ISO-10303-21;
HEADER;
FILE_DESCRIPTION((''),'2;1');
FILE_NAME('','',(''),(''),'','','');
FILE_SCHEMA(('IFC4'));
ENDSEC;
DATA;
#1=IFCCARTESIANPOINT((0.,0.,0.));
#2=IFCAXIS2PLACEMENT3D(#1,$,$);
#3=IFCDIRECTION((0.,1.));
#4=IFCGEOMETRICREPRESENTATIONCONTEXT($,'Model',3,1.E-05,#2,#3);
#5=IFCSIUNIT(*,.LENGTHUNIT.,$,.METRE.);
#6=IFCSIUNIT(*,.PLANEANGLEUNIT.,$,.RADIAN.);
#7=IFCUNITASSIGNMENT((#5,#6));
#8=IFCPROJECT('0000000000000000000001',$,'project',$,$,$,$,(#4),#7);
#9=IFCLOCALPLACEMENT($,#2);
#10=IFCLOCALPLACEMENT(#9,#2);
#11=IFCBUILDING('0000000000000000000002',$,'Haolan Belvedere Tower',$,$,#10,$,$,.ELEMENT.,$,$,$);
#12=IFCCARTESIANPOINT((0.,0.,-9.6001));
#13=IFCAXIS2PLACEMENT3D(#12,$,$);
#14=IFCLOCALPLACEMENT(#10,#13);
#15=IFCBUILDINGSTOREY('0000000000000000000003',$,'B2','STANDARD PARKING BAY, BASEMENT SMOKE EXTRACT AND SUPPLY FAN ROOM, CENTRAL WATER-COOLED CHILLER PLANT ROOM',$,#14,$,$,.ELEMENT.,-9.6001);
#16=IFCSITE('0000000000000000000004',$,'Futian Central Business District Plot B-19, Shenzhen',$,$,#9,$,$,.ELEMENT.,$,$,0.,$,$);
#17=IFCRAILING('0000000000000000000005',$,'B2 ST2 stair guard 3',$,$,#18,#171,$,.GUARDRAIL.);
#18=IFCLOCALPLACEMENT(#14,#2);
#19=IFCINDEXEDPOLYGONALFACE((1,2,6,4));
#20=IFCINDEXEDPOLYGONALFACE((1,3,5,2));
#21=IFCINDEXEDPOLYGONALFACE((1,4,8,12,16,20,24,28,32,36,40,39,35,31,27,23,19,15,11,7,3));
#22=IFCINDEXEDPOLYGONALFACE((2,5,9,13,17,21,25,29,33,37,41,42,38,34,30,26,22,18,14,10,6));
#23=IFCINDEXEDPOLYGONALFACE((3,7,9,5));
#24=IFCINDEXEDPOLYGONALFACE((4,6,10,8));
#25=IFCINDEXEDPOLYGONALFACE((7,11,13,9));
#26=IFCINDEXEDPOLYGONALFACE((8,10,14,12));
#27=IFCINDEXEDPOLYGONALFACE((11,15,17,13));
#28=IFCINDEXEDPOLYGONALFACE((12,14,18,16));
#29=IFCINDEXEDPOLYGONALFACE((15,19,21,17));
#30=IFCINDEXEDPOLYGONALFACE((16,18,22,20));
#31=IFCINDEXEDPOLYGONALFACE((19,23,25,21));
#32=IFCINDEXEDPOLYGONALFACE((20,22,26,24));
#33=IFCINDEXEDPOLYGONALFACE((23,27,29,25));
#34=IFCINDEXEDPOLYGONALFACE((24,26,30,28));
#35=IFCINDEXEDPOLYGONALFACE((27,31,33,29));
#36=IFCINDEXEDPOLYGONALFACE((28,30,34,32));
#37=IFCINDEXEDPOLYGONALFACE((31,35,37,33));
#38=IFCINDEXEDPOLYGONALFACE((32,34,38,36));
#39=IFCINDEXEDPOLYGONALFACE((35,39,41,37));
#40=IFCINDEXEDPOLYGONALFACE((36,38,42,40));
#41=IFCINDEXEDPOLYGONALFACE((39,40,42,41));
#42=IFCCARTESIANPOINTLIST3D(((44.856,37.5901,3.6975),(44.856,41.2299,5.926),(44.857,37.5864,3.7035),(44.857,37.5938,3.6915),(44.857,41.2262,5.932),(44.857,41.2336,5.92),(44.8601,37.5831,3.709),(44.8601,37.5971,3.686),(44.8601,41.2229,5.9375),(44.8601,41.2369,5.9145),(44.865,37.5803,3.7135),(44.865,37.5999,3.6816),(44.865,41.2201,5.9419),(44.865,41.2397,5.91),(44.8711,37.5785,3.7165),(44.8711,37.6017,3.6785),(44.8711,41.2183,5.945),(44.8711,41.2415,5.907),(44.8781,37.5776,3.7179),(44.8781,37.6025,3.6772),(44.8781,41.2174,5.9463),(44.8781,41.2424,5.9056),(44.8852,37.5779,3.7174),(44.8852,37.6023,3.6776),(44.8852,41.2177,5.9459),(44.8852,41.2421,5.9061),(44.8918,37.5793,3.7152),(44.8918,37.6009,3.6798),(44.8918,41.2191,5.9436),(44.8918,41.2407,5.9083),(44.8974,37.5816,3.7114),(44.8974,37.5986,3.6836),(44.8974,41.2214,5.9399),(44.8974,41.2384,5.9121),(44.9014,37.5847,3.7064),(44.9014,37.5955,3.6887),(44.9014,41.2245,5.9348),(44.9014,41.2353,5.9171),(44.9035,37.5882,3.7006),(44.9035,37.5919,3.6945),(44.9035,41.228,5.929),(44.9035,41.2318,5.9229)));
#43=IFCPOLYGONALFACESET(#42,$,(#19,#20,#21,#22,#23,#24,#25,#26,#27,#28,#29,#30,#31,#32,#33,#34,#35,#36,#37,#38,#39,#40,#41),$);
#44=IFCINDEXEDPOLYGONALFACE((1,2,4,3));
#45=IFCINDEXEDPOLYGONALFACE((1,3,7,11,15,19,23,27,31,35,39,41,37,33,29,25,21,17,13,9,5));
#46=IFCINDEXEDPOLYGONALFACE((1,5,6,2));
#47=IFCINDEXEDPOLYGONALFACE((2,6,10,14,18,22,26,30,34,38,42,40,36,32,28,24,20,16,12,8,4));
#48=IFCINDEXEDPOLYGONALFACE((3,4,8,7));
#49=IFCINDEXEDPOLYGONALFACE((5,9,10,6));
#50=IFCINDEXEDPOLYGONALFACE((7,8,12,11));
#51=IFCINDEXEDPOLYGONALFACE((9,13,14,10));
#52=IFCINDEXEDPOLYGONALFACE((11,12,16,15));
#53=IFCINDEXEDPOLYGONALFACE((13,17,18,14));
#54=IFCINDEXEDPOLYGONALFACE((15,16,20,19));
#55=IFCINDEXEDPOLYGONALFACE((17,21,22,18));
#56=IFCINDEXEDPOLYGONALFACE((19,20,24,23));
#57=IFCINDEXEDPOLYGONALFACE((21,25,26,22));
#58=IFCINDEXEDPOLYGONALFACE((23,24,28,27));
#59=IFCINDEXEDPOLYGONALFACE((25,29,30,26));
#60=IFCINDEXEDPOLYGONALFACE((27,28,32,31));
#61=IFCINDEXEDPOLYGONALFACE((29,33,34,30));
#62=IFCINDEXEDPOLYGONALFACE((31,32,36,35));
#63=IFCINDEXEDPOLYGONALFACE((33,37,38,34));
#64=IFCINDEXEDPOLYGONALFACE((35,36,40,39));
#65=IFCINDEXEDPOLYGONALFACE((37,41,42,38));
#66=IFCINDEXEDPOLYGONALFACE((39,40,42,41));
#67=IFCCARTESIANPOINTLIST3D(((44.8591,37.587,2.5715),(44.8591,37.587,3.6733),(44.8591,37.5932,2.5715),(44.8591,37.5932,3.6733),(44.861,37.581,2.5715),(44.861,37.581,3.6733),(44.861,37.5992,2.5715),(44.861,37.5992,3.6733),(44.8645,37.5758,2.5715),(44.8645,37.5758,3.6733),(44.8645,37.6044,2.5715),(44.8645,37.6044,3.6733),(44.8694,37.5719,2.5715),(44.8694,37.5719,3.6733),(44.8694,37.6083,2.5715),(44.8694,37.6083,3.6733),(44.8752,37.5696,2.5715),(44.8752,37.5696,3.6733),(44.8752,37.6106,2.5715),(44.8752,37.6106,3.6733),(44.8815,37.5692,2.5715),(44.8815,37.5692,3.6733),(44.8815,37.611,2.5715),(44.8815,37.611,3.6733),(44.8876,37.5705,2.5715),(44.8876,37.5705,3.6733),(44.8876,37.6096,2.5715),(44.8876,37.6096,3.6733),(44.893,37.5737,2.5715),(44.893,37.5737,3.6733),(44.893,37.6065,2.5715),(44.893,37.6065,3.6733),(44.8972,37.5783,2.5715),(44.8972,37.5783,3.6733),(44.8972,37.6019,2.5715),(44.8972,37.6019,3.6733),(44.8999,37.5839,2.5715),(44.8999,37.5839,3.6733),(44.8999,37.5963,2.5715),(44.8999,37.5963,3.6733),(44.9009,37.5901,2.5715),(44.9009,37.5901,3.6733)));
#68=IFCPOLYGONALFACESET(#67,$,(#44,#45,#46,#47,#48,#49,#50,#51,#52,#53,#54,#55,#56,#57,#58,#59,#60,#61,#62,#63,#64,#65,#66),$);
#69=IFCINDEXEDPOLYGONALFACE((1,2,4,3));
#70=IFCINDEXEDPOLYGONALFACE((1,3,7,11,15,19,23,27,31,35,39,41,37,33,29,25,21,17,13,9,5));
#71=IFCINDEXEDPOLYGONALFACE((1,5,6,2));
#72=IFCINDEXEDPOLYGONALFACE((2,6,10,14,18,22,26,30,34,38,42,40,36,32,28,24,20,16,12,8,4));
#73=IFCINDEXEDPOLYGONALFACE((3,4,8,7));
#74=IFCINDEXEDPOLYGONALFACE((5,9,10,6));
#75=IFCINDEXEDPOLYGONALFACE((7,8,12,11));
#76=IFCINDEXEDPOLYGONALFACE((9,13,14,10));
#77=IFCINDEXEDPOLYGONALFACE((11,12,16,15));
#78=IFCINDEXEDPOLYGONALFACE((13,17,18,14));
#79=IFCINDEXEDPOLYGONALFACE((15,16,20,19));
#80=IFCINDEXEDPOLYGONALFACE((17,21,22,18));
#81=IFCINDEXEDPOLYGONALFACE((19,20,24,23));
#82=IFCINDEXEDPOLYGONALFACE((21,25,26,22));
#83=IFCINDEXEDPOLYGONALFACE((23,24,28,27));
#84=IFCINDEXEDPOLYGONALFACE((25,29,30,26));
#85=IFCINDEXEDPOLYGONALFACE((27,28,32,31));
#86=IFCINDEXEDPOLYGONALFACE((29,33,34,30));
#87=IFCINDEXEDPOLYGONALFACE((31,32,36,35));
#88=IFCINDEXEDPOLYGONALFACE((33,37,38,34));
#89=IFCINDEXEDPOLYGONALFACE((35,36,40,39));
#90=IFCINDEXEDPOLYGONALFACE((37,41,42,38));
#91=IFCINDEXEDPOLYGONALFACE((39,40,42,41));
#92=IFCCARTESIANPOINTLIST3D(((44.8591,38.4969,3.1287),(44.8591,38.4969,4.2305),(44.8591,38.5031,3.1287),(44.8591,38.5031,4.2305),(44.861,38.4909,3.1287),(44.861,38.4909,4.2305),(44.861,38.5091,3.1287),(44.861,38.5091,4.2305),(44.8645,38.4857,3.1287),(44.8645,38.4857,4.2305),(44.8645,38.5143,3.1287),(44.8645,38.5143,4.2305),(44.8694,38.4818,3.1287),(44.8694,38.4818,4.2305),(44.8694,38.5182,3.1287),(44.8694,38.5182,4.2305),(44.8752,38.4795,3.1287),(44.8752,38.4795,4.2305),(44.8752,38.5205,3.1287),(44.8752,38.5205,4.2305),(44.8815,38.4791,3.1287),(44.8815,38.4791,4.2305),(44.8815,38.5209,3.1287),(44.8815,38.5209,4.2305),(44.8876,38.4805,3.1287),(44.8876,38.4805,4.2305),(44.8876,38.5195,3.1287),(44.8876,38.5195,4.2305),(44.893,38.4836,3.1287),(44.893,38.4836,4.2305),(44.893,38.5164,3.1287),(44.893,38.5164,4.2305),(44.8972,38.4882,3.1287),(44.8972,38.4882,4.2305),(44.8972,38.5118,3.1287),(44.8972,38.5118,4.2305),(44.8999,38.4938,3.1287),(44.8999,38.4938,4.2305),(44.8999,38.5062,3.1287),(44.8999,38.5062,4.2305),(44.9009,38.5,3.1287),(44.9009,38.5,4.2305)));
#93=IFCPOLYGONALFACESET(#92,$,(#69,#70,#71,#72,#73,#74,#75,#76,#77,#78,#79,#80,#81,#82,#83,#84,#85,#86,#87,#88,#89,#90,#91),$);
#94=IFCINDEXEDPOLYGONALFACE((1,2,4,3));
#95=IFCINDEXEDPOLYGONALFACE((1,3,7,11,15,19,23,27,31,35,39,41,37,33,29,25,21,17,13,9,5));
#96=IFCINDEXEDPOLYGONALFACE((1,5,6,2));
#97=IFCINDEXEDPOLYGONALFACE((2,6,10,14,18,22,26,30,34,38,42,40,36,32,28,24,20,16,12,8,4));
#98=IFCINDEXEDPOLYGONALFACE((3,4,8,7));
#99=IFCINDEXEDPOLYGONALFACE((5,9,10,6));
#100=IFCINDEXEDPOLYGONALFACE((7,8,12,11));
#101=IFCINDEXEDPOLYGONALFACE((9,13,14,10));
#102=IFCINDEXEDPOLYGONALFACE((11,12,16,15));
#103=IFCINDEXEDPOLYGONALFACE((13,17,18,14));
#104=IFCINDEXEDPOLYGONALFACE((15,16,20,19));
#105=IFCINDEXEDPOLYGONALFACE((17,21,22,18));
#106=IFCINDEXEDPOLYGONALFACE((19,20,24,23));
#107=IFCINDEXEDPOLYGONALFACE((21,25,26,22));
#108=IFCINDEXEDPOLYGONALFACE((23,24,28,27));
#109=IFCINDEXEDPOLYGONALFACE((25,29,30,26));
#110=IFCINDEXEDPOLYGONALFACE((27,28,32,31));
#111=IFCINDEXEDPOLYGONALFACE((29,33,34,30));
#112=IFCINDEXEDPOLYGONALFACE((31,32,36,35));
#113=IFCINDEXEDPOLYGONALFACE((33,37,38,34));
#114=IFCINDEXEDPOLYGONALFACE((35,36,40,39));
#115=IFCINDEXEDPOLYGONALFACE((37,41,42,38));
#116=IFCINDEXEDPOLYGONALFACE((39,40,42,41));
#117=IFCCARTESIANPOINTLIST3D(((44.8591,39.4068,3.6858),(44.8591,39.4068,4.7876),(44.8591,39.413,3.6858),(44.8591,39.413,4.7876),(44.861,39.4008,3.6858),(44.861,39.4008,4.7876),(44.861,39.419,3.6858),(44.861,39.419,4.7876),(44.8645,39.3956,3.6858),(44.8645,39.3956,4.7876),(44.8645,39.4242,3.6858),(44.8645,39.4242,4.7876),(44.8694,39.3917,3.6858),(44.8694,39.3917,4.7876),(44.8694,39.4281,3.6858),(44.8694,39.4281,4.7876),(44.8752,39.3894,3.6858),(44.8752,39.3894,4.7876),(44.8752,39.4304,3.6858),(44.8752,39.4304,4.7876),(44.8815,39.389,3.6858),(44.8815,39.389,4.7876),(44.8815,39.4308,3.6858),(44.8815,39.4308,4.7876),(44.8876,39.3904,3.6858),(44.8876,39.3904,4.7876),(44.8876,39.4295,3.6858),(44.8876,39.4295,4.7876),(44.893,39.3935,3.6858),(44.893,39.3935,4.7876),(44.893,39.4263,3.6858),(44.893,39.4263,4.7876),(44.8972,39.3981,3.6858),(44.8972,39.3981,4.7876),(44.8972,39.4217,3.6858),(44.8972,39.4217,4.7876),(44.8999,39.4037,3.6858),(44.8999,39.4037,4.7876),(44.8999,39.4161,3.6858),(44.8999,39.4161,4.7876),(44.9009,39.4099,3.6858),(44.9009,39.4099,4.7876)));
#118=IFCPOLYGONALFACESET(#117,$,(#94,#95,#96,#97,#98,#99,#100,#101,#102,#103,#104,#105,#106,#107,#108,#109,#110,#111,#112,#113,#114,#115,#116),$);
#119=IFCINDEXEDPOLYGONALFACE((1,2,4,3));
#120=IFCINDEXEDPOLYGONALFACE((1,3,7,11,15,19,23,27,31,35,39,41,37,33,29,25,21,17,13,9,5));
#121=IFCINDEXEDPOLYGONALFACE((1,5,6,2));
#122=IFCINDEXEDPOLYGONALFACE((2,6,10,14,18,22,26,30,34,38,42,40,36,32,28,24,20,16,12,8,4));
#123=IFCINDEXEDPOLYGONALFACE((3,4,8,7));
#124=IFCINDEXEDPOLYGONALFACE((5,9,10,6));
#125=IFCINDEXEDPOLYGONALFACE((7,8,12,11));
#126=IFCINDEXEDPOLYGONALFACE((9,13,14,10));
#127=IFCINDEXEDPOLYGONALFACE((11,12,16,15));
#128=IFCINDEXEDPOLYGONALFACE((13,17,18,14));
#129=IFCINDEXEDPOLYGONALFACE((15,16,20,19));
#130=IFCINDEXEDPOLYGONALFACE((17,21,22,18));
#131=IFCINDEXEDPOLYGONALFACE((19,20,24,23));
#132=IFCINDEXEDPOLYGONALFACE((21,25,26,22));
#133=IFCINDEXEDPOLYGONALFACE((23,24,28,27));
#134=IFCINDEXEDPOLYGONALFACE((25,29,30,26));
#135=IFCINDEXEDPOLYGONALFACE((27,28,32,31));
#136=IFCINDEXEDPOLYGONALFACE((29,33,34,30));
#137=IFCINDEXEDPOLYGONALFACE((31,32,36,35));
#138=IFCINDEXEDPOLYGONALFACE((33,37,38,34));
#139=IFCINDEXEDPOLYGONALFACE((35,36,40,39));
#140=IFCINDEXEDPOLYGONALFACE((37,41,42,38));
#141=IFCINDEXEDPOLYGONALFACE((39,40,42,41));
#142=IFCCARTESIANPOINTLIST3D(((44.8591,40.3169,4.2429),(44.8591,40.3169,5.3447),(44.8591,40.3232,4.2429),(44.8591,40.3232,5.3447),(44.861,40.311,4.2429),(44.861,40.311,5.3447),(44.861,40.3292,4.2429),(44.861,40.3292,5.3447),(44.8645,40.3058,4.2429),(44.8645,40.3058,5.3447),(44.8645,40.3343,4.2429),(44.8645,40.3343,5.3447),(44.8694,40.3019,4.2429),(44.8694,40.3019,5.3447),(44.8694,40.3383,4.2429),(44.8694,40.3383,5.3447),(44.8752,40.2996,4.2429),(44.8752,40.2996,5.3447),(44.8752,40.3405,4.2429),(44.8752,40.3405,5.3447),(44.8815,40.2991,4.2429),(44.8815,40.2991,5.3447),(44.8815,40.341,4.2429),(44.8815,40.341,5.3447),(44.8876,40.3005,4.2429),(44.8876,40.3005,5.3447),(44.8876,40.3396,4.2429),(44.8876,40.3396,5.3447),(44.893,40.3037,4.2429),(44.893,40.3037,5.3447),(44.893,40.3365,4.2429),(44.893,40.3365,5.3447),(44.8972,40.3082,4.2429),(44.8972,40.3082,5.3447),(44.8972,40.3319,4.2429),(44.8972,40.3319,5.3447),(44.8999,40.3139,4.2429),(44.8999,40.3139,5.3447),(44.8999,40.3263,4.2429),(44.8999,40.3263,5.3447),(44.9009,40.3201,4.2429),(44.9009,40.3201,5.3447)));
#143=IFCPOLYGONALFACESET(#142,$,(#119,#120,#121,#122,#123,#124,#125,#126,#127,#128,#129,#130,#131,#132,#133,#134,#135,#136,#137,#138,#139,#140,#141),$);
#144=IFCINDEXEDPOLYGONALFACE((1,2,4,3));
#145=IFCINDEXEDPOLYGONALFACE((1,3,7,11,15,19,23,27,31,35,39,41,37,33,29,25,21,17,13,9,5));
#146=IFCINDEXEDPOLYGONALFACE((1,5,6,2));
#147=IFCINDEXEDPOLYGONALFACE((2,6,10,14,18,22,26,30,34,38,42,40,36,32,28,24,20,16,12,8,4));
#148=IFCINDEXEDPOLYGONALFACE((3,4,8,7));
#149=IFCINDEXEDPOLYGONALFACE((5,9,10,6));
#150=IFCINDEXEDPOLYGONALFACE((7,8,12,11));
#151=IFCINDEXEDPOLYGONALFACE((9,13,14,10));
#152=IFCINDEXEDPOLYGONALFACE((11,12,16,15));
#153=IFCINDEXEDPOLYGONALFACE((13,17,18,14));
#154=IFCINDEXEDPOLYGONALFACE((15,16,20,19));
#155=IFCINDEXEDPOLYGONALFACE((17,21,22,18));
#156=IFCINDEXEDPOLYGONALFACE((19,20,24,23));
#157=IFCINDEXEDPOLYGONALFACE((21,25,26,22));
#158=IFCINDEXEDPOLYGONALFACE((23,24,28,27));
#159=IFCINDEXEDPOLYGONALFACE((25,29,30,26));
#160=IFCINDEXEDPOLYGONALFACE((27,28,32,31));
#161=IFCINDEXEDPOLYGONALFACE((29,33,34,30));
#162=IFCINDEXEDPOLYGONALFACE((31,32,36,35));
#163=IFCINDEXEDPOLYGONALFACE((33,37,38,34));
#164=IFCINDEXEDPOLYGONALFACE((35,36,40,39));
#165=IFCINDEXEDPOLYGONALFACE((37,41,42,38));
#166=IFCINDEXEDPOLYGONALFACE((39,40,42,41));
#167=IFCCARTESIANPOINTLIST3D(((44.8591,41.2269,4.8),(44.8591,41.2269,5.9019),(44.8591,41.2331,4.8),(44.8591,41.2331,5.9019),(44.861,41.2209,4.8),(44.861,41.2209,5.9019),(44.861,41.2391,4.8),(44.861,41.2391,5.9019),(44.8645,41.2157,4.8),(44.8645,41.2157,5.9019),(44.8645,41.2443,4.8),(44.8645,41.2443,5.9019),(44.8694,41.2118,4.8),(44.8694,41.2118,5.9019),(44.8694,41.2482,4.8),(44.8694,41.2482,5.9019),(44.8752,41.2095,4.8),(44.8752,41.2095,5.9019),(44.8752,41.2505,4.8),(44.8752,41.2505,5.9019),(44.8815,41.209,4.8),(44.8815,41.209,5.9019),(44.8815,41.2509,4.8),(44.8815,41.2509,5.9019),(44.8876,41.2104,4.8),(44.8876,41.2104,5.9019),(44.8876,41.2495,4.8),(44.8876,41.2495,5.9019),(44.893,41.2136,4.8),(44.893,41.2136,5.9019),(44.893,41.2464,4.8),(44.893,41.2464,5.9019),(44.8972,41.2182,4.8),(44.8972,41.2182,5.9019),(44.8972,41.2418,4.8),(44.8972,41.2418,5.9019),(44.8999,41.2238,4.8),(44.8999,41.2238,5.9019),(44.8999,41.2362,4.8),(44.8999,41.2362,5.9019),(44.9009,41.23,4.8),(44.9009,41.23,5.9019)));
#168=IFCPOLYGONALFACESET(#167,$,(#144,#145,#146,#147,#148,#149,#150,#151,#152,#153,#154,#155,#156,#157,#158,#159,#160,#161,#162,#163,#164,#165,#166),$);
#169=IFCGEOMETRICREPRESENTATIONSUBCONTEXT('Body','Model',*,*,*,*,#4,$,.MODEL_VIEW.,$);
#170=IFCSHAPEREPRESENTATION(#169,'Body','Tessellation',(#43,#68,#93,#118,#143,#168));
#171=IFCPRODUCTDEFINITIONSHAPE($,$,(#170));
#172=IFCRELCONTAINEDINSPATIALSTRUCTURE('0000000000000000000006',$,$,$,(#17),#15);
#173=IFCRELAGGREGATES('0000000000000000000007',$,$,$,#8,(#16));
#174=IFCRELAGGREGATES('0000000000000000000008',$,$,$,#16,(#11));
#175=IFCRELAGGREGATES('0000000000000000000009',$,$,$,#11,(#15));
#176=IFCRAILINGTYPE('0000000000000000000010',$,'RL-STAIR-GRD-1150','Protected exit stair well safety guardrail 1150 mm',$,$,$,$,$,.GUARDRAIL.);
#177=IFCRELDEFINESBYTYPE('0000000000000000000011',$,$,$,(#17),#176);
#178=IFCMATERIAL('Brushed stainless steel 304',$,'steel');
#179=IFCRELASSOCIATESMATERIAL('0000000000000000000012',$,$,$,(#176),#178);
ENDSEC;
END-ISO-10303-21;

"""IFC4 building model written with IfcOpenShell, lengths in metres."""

from ifc_helpers import new_model, si_unit, direction, frame, origin, origin_2d, place, context, subcontext, project, spatial, circle, extrude, material, type_object, element, save


model = new_model("IFC4")

# Units and contexts
model_context = context("Model", 3, precision=1e-05, world=origin(), true_north=direction((0.0, 1.0)))
body_context = subcontext(model_context, "Body", "Model", "MODEL_VIEW")
ifc_project = project(units=[si_unit("LENGTHUNIT", "METRE"), si_unit("PLANEANGLEUNIT", "RADIAN")], contexts=[model_context])

# Site, building, storey
site_placement = place(None, origin())
site = spatial("IfcSite", under=ifc_project, at=site_placement, Name="Futian Central Business District Plot B-19, Shenzhen", CompositionType="ELEMENT", RefElevation=0.0)
building_placement = place(site_placement, origin())
building = spatial("IfcBuilding", under=site, at=building_placement, Name="Haolan Belvedere Tower", CompositionType="ELEMENT")
storey_placement = place(building_placement, frame((0.0, 0.0, -9.6001)))
storey = spatial("IfcBuildingStorey", under=building, at=storey_placement, Name="B2", Description="STANDARD PARKING BAY, BASEMENT SMOKE EXTRACT AND SUPPLY FAN ROOM, CENTRAL WATER-COOLED CHILLER PLANT ROOM", CompositionType="ELEMENT", Elevation=-9.6001)

# Railing
ifc_material_1 = material(Name="Brushed stainless steel 304", Category="steel")
railing_type_1 = type_object("IfcRailingType", Name="RL-STAIR-GRD-1150", Description="Protected exit stair well safety guardrail 1150 mm", PredefinedType="GUARDRAIL", material=ifc_material_1)
railing_1_placement = place(storey_placement, frame((44.8799, 37.5901, 2.5715)))
element("IfcRailing", 1, at=railing_1_placement, inside=storey, type_object=railing_type_1, Name="B2 ST2 stair guard 3", PredefinedType="GUARDRAIL", context=body_context, shape_type="SweptSolid", body=[
    extrude(circle(Radius=0.0239, at=origin_2d()), frame((0.0, 0.0, 1.126), z_axis=(0.0, 0.85285, 0.522156), x_axis=(-1.0, 0.0, 0.0)), (0.0, 0.0, 1.0), 4.2678),
    extrude(circle(Radius=0.021, at=origin_2d()), origin(), (0.0, 0.0, 1.0), 1.1018),
    extrude(circle(Radius=0.021, at=origin_2d()), frame((0.0, 0.9099, 0.5571)), (0.0, 0.0, 1.0), 1.1018),
    extrude(circle(Radius=0.021, at=origin_2d()), frame((0.0, 1.8198, 1.1143)), (0.0, 0.0, 1.0), 1.1018),
    extrude(circle(Radius=0.021, at=origin_2d()), frame((0.0, 2.73, 1.6714)), (0.0, 0.0, 1.0), 1.1018),
    extrude(circle(Radius=0.021, at=origin_2d()), frame((0.0, 3.6399, 2.2285)), (0.0, 0.0, 1.0), 1.1018),
])

save(model, "model.ifc")
